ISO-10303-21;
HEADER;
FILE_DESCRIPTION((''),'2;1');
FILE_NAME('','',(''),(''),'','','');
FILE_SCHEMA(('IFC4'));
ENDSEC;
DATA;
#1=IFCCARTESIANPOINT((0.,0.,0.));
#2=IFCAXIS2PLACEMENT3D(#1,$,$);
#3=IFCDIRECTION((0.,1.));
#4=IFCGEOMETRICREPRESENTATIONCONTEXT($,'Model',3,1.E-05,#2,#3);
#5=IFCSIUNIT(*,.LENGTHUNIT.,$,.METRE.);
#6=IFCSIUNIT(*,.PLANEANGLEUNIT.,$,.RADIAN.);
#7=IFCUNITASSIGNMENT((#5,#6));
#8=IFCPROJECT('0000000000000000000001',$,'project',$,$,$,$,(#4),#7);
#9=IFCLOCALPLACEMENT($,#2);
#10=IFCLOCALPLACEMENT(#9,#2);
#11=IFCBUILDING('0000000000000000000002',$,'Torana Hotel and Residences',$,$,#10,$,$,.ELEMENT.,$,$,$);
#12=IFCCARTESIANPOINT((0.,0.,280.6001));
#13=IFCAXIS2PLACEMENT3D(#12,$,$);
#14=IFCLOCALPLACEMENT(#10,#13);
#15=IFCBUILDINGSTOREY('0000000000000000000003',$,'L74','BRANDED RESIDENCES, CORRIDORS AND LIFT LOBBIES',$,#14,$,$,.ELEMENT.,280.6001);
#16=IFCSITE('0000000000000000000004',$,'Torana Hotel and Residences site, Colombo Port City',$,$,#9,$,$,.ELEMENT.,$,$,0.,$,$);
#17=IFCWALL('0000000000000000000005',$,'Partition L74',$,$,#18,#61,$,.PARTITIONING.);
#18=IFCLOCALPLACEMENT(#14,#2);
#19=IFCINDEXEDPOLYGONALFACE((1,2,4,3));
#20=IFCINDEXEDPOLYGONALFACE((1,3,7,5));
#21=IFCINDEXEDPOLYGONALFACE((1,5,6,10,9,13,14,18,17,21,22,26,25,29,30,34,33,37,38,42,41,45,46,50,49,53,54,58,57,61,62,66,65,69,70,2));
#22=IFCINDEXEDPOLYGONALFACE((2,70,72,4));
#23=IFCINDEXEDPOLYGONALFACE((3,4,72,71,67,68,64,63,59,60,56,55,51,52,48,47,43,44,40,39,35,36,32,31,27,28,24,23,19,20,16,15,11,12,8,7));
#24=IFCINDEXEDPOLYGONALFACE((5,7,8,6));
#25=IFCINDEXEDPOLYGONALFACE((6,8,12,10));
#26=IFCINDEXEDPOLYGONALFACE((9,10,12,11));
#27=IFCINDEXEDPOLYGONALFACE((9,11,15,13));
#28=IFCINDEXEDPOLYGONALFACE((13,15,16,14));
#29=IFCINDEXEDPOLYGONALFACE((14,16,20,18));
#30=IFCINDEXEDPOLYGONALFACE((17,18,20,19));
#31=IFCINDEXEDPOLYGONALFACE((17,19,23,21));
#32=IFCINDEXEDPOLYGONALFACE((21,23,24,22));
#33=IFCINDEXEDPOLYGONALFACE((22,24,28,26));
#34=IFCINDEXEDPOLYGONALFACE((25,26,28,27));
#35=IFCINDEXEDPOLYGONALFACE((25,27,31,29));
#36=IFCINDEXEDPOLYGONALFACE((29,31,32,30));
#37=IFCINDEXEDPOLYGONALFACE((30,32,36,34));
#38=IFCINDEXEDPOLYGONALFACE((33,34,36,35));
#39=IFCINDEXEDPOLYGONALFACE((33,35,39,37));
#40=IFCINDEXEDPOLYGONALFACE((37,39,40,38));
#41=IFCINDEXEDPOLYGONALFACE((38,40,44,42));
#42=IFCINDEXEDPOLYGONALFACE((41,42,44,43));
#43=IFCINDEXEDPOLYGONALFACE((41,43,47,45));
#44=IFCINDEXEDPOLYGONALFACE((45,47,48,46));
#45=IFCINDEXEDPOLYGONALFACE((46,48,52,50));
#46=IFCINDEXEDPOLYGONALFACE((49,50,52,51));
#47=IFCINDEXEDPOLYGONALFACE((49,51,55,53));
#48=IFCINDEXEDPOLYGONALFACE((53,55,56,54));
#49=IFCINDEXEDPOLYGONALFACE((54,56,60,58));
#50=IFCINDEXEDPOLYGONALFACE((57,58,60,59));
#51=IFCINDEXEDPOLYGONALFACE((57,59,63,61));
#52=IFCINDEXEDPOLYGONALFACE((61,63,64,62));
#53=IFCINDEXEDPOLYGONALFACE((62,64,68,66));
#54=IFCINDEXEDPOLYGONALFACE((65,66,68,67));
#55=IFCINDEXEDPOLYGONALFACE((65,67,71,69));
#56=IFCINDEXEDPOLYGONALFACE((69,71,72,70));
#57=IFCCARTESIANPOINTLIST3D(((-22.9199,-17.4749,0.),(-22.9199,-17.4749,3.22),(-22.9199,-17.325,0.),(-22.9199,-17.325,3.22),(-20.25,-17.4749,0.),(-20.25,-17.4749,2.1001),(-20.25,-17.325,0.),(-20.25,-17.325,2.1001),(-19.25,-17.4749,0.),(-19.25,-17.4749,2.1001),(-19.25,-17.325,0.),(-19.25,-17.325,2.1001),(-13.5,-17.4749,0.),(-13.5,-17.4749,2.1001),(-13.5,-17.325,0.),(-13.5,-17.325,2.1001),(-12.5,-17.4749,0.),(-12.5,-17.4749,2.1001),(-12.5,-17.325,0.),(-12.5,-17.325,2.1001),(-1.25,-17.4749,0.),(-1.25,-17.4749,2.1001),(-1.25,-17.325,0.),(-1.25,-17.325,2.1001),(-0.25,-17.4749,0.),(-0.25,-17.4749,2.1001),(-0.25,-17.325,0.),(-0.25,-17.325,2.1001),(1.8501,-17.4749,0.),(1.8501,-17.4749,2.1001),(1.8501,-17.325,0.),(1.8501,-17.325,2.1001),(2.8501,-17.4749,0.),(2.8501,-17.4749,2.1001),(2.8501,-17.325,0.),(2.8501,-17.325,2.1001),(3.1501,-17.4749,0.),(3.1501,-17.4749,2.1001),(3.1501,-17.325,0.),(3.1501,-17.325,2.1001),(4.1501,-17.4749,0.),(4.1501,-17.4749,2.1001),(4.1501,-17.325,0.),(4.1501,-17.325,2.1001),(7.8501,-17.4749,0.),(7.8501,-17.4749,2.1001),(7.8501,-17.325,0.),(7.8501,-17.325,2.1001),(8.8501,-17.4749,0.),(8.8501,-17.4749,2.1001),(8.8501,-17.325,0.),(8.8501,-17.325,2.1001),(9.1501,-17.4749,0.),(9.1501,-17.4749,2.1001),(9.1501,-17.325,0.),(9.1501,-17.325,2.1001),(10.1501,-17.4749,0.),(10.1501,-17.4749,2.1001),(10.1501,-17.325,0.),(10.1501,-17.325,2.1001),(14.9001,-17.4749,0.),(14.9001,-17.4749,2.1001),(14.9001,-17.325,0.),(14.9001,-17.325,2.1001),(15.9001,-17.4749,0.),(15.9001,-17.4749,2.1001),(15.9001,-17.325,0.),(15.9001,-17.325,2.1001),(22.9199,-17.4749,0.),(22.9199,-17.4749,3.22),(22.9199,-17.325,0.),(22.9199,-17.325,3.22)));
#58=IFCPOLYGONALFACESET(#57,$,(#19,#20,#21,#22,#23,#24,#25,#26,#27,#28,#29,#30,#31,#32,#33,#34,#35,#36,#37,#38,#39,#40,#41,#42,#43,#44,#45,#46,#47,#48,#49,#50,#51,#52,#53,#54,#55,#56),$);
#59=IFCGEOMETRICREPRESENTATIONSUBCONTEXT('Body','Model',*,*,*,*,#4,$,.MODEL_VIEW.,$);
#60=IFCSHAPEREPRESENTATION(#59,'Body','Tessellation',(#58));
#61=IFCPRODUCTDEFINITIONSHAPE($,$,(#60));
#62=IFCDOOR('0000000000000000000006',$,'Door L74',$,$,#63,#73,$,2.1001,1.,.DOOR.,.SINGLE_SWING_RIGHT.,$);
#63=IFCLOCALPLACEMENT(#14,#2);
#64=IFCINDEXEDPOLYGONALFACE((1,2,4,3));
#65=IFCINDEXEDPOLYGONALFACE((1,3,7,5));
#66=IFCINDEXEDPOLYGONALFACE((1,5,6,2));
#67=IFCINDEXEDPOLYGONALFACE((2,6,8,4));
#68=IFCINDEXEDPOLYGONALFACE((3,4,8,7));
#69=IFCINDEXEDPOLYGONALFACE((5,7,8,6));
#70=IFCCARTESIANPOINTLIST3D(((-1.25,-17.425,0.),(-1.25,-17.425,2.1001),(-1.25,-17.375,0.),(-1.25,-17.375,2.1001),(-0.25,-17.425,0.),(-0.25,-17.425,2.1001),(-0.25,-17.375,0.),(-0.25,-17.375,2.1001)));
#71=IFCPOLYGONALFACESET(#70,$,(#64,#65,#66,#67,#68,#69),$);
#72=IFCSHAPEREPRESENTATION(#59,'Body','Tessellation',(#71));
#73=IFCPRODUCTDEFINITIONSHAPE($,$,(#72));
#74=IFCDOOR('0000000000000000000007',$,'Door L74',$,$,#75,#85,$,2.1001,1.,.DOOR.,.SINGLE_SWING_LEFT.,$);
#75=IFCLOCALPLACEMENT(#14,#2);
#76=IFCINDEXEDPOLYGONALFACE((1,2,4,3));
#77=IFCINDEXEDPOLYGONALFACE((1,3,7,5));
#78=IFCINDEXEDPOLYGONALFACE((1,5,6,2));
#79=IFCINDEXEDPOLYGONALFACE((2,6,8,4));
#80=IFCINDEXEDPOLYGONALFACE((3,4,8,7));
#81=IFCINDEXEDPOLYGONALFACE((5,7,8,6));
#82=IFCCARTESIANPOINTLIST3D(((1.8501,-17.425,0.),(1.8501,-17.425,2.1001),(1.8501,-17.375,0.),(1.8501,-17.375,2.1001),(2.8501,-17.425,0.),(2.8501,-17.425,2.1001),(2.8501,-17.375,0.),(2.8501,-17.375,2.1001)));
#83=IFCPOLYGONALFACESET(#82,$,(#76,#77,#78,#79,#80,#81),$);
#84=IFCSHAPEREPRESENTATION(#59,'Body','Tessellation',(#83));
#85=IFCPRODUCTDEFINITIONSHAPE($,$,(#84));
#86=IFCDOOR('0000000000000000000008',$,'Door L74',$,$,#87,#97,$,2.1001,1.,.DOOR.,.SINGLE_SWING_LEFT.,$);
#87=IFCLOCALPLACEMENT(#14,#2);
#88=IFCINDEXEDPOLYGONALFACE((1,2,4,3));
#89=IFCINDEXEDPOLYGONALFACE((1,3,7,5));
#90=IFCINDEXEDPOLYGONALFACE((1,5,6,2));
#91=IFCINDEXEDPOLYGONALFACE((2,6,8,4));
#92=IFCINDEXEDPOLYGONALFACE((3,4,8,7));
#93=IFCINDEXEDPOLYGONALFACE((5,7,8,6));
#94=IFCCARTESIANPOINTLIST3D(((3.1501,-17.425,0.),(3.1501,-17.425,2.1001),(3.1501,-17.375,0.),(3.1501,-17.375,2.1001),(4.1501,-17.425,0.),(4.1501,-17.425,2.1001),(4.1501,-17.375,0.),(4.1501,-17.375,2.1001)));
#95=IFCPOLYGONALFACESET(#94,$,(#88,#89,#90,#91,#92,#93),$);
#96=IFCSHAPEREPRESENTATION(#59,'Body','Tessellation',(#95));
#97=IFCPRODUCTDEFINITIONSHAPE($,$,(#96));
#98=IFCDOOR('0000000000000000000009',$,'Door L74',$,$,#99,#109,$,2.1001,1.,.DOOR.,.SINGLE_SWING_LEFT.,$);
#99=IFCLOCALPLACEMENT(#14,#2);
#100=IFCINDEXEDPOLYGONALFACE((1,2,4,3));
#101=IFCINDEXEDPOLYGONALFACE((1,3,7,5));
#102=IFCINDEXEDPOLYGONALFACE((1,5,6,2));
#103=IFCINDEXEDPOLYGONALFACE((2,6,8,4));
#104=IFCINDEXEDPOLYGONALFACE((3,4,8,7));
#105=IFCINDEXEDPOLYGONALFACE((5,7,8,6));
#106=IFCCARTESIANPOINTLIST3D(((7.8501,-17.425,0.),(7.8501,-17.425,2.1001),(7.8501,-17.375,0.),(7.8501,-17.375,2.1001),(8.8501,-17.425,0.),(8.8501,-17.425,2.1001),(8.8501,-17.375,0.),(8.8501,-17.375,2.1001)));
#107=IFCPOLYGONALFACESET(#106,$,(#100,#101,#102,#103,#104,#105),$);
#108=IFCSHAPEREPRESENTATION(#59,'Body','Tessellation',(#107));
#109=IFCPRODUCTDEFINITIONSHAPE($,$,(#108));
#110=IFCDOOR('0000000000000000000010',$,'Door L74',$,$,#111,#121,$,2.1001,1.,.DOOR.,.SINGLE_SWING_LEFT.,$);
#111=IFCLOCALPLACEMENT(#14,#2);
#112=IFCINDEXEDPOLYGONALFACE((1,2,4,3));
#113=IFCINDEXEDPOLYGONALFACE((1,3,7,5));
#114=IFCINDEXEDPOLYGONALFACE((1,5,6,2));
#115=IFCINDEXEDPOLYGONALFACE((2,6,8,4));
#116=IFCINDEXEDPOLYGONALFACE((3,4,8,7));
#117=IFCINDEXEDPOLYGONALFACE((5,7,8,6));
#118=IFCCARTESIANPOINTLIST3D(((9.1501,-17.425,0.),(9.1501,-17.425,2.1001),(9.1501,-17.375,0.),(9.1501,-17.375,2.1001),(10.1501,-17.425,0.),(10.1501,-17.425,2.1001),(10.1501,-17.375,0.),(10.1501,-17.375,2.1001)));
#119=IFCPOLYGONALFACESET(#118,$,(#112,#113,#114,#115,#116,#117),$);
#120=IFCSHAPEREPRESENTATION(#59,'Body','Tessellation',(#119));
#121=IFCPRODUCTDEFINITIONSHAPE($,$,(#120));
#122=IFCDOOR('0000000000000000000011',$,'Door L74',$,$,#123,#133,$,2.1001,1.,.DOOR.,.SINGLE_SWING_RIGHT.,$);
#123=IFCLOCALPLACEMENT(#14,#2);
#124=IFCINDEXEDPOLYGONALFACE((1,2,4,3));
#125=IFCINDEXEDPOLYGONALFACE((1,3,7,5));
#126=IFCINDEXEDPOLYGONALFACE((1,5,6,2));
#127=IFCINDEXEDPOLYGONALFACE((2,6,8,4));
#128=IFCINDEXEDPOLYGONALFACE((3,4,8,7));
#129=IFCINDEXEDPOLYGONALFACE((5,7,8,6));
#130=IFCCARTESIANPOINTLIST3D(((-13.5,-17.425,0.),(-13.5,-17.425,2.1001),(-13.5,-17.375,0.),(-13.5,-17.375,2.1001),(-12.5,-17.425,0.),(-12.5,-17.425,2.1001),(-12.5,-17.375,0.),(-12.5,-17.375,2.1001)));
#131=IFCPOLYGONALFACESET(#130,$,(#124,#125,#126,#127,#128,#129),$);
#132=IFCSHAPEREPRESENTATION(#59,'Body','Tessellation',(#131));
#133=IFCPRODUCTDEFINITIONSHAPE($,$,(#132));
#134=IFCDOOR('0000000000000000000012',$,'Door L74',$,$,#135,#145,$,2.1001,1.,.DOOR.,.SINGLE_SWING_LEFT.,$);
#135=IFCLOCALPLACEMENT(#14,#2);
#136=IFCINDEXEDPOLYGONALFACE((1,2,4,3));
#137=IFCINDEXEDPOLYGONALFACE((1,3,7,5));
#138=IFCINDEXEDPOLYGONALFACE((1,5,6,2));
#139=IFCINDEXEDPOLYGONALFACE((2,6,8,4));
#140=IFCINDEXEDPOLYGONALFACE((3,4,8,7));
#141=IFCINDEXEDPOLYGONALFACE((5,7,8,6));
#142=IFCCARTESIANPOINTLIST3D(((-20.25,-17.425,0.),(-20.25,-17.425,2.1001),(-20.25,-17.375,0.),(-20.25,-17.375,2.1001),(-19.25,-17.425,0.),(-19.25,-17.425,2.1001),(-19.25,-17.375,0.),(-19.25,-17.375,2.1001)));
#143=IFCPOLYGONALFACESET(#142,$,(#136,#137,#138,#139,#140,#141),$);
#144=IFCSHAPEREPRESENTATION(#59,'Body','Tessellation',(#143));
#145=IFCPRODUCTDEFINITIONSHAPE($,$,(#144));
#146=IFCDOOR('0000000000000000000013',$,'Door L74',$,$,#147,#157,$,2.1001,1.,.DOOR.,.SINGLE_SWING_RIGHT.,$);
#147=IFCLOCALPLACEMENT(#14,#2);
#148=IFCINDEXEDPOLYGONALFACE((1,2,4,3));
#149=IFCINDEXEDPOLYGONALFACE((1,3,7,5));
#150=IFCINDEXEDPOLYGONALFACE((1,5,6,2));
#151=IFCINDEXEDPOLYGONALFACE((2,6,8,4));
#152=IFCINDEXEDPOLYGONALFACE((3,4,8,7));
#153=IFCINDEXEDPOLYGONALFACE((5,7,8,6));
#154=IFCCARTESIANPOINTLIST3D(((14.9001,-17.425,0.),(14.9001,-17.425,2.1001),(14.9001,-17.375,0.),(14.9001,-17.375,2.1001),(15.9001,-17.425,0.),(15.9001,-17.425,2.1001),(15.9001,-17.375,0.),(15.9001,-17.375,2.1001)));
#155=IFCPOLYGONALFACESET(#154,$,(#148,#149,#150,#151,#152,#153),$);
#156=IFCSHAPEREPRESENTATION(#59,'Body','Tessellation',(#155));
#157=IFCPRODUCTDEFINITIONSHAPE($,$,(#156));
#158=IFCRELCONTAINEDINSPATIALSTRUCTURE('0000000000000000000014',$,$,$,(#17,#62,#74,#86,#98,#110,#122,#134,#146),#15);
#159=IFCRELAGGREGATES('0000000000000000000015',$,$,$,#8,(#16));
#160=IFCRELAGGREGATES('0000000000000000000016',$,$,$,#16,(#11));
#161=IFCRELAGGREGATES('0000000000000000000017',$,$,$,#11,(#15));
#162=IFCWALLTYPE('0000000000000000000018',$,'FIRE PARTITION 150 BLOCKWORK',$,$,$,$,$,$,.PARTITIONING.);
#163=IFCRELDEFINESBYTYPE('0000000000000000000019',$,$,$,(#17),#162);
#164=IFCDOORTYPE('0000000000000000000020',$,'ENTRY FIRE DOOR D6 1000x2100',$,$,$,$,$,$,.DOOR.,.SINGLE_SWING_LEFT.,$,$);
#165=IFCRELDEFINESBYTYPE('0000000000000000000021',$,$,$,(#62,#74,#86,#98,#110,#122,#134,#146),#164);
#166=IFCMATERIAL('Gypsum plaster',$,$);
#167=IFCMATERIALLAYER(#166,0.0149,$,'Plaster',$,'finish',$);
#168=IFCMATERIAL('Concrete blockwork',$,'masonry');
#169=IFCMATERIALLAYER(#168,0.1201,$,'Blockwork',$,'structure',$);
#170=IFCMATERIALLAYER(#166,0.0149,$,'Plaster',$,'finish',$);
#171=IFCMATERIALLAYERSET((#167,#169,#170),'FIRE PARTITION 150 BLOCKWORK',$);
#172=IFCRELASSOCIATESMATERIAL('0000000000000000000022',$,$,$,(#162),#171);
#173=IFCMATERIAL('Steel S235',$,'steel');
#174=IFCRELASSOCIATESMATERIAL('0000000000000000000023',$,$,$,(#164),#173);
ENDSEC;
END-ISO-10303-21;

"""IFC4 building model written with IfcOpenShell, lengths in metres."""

from ifc_helpers import new_model, si_unit, direction, frame, frame_2d, origin, place, context, subcontext, project, spatial, rectangle, extrude, material, layer, layer_set, type_object, element, fill, save


model = new_model("IFC4")

# Units and contexts
model_context = context("Model", 3, precision=1e-05, world=origin(), true_north=direction((0.0, 1.0)))
body_context = subcontext(model_context, "Body", "Model", "MODEL_VIEW")
ifc_project = project(units=[si_unit("LENGTHUNIT", "METRE"), si_unit("PLANEANGLEUNIT", "RADIAN")], contexts=[model_context])

# Site, building, storey
site_placement = place(None, origin())
site = spatial("IfcSite", under=ifc_project, at=site_placement, Name="Torana Hotel and Residences site, Colombo Port City", CompositionType="ELEMENT", RefElevation=0.0)
building_placement = place(site_placement, origin())
building = spatial("IfcBuilding", under=site, at=building_placement, Name="Torana Hotel and Residences", CompositionType="ELEMENT")
storey_placement = place(building_placement, frame((0.0, 0.0, 280.6001)))
storey = spatial("IfcBuildingStorey", under=building, at=storey_placement, Name="L74", Description="BRANDED RESIDENCES, CORRIDORS AND LIFT LOBBIES", CompositionType="ELEMENT", Elevation=280.6001)

# Wall, openings, doors
ifc_material_1 = material(Name="Gypsum plaster")
ifc_layer_1 = layer(ifc_material_1, 0.0149, Name="Plaster", Category="finish")
ifc_material_2 = material(Name="Concrete blockwork", Category="masonry")
ifc_layer_2 = layer(ifc_material_2, 0.1201, Name="Blockwork", Category="structure")
ifc_layer_3 = layer(ifc_material_1, 0.0149, Name="Plaster", Category="finish")
ifc_layer_set_1 = layer_set([ifc_layer_1, ifc_layer_2, ifc_layer_3], Name="FIRE PARTITION 150 BLOCKWORK")
wall_type_1 = type_object("IfcWallType", Name="FIRE PARTITION 150 BLOCKWORK", PredefinedType="PARTITIONING", material=ifc_layer_set_1)
wall_1_placement = place(storey_placement, frame((-22.9199, -17.3999, 0.0), z_axis=(0.0, 0.0, 1.0), x_axis=(1.0, 0.0, 0.0)))
wall_1 = element("IfcWall", 1, at=wall_1_placement, inside=storey, type_object=wall_type_1, Name="Partition L74", PredefinedType="PARTITIONING", context=body_context, shape_type="SweptSolid", body=[
    extrude(rectangle(XDim=45.8398, YDim=0.1499, at=frame_2d((22.9199, 0.0))), origin(), (0.0, 0.0, 1.0), 3.22),
])
opening_1_placement = place(wall_1_placement, frame((21.6699, 0.0, 0.0)))
opening_1 = element("IfcOpeningElement", 2, at=opening_1_placement, cuts=wall_1, PredefinedType="OPENING", context=body_context, shape_type="SweptSolid", body=[
    extrude(rectangle(XDim=1.0, YDim=2.1001, at=frame_2d((0.5, 1.05))), frame((0.0, 0.085, 0.0), z_axis=(0.0, -1.0, 0.0), x_axis=(1.0, 0.0, 0.0)), (0.0, 0.0, 1.0), 0.1699),
])
opening_2_placement = place(wall_1_placement, frame((24.77, 0.0, 0.0)))
opening_2 = element("IfcOpeningElement", 3, at=opening_2_placement, cuts=wall_1, PredefinedType="OPENING", context=body_context, shape_type="SweptSolid", body=[
    extrude(rectangle(XDim=1.0, YDim=2.1001, at=frame_2d((0.5, 1.05))), frame((0.0, 0.085, 0.0), z_axis=(0.0, -1.0, 0.0), x_axis=(1.0, 0.0, 0.0)), (0.0, 0.0, 1.0), 0.1699),
])
opening_3_placement = place(wall_1_placement, frame((26.0701, 0.0, 0.0)))
opening_3 = element("IfcOpeningElement", 4, at=opening_3_placement, cuts=wall_1, PredefinedType="OPENING", context=body_context, shape_type="SweptSolid", body=[
    extrude(rectangle(XDim=1.0, YDim=2.1001, at=frame_2d((0.5, 1.05))), frame((0.0, 0.085, 0.0), z_axis=(0.0, -1.0, 0.0), x_axis=(1.0, 0.0, 0.0)), (0.0, 0.0, 1.0), 0.1699),
])
opening_4_placement = place(wall_1_placement, frame((30.77, 0.0, 0.0)))
opening_4 = element("IfcOpeningElement", 5, at=opening_4_placement, cuts=wall_1, PredefinedType="OPENING", context=body_context, shape_type="SweptSolid", body=[
    extrude(rectangle(XDim=1.0, YDim=2.1001, at=frame_2d((0.5, 1.05))), frame((0.0, 0.085, 0.0), z_axis=(0.0, -1.0, 0.0), x_axis=(1.0, 0.0, 0.0)), (0.0, 0.0, 1.0), 0.1699),
])
opening_5_placement = place(wall_1_placement, frame((32.0701, 0.0, 0.0)))
opening_5 = element("IfcOpeningElement", 6, at=opening_5_placement, cuts=wall_1, PredefinedType="OPENING", context=body_context, shape_type="SweptSolid", body=[
    extrude(rectangle(XDim=1.0, YDim=2.1001, at=frame_2d((0.5, 1.05))), frame((0.0, 0.085, 0.0), z_axis=(0.0, -1.0, 0.0), x_axis=(1.0, 0.0, 0.0)), (0.0, 0.0, 1.0), 0.1699),
])
opening_6_placement = place(wall_1_placement, frame((9.4199, 0.0, 0.0)))
opening_6 = element("IfcOpeningElement", 7, at=opening_6_placement, cuts=wall_1, PredefinedType="OPENING", context=body_context, shape_type="SweptSolid", body=[
    extrude(rectangle(XDim=1.0, YDim=2.1001, at=frame_2d((0.5, 1.05))), frame((0.0, 0.085, 0.0), z_axis=(0.0, -1.0, 0.0), x_axis=(1.0, 0.0, 0.0)), (0.0, 0.0, 1.0), 0.1699),
])
opening_7_placement = place(wall_1_placement, frame((2.6699, 0.0, 0.0)))
opening_7 = element("IfcOpeningElement", 8, at=opening_7_placement, cuts=wall_1, PredefinedType="OPENING", context=body_context, shape_type="SweptSolid", body=[
    extrude(rectangle(XDim=1.0, YDim=2.1001, at=frame_2d((0.5, 1.05))), frame((0.0, 0.085, 0.0), z_axis=(0.0, -1.0, 0.0), x_axis=(1.0, 0.0, 0.0)), (0.0, 0.0, 1.0), 0.1699),
])
opening_8_placement = place(wall_1_placement, frame((37.8201, 0.0, 0.0)))
opening_8 = element("IfcOpeningElement", 9, at=opening_8_placement, cuts=wall_1, PredefinedType="OPENING", context=body_context, shape_type="SweptSolid", body=[
    extrude(rectangle(XDim=1.0, YDim=2.1001, at=frame_2d((0.5, 1.05))), frame((0.0, 0.085, 0.0), z_axis=(0.0, -1.0, 0.0), x_axis=(1.0, 0.0, 0.0)), (0.0, 0.0, 1.0), 0.1699),
])
ifc_material_3 = material(Name="Steel S235", Category="steel")
door_type_1 = type_object("IfcDoorType", Name="ENTRY FIRE DOOR D6 1000x2100", OperationType="SINGLE_SWING_LEFT", PredefinedType="DOOR", material=ifc_material_3)
door_1_placement = place(opening_1_placement, origin())
door_1 = element("IfcDoor", 10, at=door_1_placement, inside=storey, type_object=door_type_1, Name="Door L74", OperationType="SINGLE_SWING_RIGHT", OverallHeight=2.1001, OverallWidth=1.0, PredefinedType="DOOR", context=body_context, shape_type="SweptSolid", body=[
    extrude(rectangle(XDim=1.0, YDim=2.1001, at=frame_2d((0.5, 1.05))), frame((0.0, 0.0249, 0.0), z_axis=(0.0, -1.0, 0.0), x_axis=(1.0, 0.0, 0.0)), (0.0, 0.0, 1.0), 0.05),
])
fill(opening_1, door_1)
door_2_placement = place(opening_2_placement, frame((0.5, 0.0, 0.0), z_axis=(0.0, 0.0, 1.0), x_axis=(-1.0, 0.0, 0.0)))
door_2 = element("IfcDoor", 11, at=door_2_placement, inside=storey, type_object=door_type_1, Name="Door L74", OperationType="SINGLE_SWING_LEFT", OverallHeight=2.1001, OverallWidth=1.0, PredefinedType="DOOR", context=body_context, shape_type="SweptSolid", body=[
    extrude(rectangle(XDim=1.0, YDim=2.1001, at=frame_2d((0.0, 1.05))), frame((0.0, -0.0249, 0.0), z_axis=(0.0, 1.0, 0.0), x_axis=(-1.0, 0.0, 0.0)), (0.0, 0.0, 1.0), 0.05),
])
fill(opening_2, door_2)
door_3_placement = place(opening_3_placement, frame((0.5, 0.0, 0.0), z_axis=(0.0, 0.0, 1.0), x_axis=(-1.0, 0.0, 0.0)))
door_3 = element("IfcDoor", 12, at=door_3_placement, inside=storey, type_object=door_type_1, Name="Door L74", OperationType="SINGLE_SWING_LEFT", OverallHeight=2.1001, OverallWidth=1.0, PredefinedType="DOOR", context=body_context, shape_type="SweptSolid", body=[
    extrude(rectangle(XDim=1.0, YDim=2.1001, at=frame_2d((0.0, 1.05))), frame((0.0, -0.0249, 0.0), z_axis=(0.0, 1.0, 0.0), x_axis=(-1.0, 0.0, 0.0)), (0.0, 0.0, 1.0), 0.05),
])
fill(opening_3, door_3)
door_4_placement = place(opening_4_placement, frame((0.5, 0.0, 0.0), z_axis=(0.0, 0.0, 1.0), x_axis=(-1.0, 0.0, 0.0)))
door_4 = element("IfcDoor", 13, at=door_4_placement, inside=storey, type_object=door_type_1, Name="Door L74", OperationType="SINGLE_SWING_LEFT", OverallHeight=2.1001, OverallWidth=1.0, PredefinedType="DOOR", context=body_context, shape_type="SweptSolid", body=[
    extrude(rectangle(XDim=1.0, YDim=2.1001, at=frame_2d((0.0, 1.05))), frame((0.0, -0.0249, 0.0), z_axis=(0.0, 1.0, 0.0), x_axis=(-1.0, 0.0, 0.0)), (0.0, 0.0, 1.0), 0.05),
])
fill(opening_4, door_4)
door_5_placement = place(opening_5_placement, frame((0.5, 0.0, 0.0), z_axis=(0.0, 0.0, 1.0), x_axis=(-1.0, 0.0, 0.0)))
door_5 = element("IfcDoor", 14, at=door_5_placement, inside=storey, type_object=door_type_1, Name="Door L74", OperationType="SINGLE_SWING_LEFT", OverallHeight=2.1001, OverallWidth=1.0, PredefinedType="DOOR", context=body_context, shape_type="SweptSolid", body=[
    extrude(rectangle(XDim=1.0, YDim=2.1001, at=frame_2d((0.0, 1.05))), frame((0.0, -0.0249, 0.0), z_axis=(0.0, 1.0, 0.0), x_axis=(-1.0, 0.0, 0.0)), (0.0, 0.0, 1.0), 0.05),
])
fill(opening_5, door_5)
door_6_placement = place(opening_6_placement, origin())
door_6 = element("IfcDoor", 15, at=door_6_placement, inside=storey, type_object=door_type_1, Name="Door L74", OperationType="SINGLE_SWING_RIGHT", OverallHeight=2.1001, OverallWidth=1.0, PredefinedType="DOOR", context=body_context, shape_type="SweptSolid", body=[
    extrude(rectangle(XDim=1.0, YDim=2.1001, at=frame_2d((0.5, 1.05))), frame((0.0, 0.0249, 0.0), z_axis=(0.0, -1.0, 0.0), x_axis=(1.0, 0.0, 0.0)), (0.0, 0.0, 1.0), 0.05),
])
fill(opening_6, door_6)
door_7_placement = place(opening_7_placement, frame((0.5, 0.0, 0.0), z_axis=(0.0, 0.0, 1.0), x_axis=(-1.0, 0.0, 0.0)))
door_7 = element("IfcDoor", 16, at=door_7_placement, inside=storey, type_object=door_type_1, Name="Door L74", OperationType="SINGLE_SWING_LEFT", OverallHeight=2.1001, OverallWidth=1.0, PredefinedType="DOOR", context=body_context, shape_type="SweptSolid", body=[
    extrude(rectangle(XDim=1.0, YDim=2.1001, at=frame_2d((0.0, 1.05))), frame((0.0, -0.0249, 0.0), z_axis=(0.0, 1.0, 0.0), x_axis=(-1.0, 0.0, 0.0)), (0.0, 0.0, 1.0), 0.05),
])
fill(opening_7, door_7)
door_8_placement = place(opening_8_placement, origin())
door_8 = element("IfcDoor", 17, at=door_8_placement, inside=storey, type_object=door_type_1, Name="Door L74", OperationType="SINGLE_SWING_RIGHT", OverallHeight=2.1001, OverallWidth=1.0, PredefinedType="DOOR", context=body_context, shape_type="SweptSolid", body=[
    extrude(rectangle(XDim=1.0, YDim=2.1001, at=frame_2d((0.5, 1.05))), frame((0.0, 0.0249, 0.0), z_axis=(0.0, -1.0, 0.0), x_axis=(1.0, 0.0, 0.0)), (0.0, 0.0, 1.0), 0.05),
])
fill(opening_8, door_8)

save(model, "model.ifc")
